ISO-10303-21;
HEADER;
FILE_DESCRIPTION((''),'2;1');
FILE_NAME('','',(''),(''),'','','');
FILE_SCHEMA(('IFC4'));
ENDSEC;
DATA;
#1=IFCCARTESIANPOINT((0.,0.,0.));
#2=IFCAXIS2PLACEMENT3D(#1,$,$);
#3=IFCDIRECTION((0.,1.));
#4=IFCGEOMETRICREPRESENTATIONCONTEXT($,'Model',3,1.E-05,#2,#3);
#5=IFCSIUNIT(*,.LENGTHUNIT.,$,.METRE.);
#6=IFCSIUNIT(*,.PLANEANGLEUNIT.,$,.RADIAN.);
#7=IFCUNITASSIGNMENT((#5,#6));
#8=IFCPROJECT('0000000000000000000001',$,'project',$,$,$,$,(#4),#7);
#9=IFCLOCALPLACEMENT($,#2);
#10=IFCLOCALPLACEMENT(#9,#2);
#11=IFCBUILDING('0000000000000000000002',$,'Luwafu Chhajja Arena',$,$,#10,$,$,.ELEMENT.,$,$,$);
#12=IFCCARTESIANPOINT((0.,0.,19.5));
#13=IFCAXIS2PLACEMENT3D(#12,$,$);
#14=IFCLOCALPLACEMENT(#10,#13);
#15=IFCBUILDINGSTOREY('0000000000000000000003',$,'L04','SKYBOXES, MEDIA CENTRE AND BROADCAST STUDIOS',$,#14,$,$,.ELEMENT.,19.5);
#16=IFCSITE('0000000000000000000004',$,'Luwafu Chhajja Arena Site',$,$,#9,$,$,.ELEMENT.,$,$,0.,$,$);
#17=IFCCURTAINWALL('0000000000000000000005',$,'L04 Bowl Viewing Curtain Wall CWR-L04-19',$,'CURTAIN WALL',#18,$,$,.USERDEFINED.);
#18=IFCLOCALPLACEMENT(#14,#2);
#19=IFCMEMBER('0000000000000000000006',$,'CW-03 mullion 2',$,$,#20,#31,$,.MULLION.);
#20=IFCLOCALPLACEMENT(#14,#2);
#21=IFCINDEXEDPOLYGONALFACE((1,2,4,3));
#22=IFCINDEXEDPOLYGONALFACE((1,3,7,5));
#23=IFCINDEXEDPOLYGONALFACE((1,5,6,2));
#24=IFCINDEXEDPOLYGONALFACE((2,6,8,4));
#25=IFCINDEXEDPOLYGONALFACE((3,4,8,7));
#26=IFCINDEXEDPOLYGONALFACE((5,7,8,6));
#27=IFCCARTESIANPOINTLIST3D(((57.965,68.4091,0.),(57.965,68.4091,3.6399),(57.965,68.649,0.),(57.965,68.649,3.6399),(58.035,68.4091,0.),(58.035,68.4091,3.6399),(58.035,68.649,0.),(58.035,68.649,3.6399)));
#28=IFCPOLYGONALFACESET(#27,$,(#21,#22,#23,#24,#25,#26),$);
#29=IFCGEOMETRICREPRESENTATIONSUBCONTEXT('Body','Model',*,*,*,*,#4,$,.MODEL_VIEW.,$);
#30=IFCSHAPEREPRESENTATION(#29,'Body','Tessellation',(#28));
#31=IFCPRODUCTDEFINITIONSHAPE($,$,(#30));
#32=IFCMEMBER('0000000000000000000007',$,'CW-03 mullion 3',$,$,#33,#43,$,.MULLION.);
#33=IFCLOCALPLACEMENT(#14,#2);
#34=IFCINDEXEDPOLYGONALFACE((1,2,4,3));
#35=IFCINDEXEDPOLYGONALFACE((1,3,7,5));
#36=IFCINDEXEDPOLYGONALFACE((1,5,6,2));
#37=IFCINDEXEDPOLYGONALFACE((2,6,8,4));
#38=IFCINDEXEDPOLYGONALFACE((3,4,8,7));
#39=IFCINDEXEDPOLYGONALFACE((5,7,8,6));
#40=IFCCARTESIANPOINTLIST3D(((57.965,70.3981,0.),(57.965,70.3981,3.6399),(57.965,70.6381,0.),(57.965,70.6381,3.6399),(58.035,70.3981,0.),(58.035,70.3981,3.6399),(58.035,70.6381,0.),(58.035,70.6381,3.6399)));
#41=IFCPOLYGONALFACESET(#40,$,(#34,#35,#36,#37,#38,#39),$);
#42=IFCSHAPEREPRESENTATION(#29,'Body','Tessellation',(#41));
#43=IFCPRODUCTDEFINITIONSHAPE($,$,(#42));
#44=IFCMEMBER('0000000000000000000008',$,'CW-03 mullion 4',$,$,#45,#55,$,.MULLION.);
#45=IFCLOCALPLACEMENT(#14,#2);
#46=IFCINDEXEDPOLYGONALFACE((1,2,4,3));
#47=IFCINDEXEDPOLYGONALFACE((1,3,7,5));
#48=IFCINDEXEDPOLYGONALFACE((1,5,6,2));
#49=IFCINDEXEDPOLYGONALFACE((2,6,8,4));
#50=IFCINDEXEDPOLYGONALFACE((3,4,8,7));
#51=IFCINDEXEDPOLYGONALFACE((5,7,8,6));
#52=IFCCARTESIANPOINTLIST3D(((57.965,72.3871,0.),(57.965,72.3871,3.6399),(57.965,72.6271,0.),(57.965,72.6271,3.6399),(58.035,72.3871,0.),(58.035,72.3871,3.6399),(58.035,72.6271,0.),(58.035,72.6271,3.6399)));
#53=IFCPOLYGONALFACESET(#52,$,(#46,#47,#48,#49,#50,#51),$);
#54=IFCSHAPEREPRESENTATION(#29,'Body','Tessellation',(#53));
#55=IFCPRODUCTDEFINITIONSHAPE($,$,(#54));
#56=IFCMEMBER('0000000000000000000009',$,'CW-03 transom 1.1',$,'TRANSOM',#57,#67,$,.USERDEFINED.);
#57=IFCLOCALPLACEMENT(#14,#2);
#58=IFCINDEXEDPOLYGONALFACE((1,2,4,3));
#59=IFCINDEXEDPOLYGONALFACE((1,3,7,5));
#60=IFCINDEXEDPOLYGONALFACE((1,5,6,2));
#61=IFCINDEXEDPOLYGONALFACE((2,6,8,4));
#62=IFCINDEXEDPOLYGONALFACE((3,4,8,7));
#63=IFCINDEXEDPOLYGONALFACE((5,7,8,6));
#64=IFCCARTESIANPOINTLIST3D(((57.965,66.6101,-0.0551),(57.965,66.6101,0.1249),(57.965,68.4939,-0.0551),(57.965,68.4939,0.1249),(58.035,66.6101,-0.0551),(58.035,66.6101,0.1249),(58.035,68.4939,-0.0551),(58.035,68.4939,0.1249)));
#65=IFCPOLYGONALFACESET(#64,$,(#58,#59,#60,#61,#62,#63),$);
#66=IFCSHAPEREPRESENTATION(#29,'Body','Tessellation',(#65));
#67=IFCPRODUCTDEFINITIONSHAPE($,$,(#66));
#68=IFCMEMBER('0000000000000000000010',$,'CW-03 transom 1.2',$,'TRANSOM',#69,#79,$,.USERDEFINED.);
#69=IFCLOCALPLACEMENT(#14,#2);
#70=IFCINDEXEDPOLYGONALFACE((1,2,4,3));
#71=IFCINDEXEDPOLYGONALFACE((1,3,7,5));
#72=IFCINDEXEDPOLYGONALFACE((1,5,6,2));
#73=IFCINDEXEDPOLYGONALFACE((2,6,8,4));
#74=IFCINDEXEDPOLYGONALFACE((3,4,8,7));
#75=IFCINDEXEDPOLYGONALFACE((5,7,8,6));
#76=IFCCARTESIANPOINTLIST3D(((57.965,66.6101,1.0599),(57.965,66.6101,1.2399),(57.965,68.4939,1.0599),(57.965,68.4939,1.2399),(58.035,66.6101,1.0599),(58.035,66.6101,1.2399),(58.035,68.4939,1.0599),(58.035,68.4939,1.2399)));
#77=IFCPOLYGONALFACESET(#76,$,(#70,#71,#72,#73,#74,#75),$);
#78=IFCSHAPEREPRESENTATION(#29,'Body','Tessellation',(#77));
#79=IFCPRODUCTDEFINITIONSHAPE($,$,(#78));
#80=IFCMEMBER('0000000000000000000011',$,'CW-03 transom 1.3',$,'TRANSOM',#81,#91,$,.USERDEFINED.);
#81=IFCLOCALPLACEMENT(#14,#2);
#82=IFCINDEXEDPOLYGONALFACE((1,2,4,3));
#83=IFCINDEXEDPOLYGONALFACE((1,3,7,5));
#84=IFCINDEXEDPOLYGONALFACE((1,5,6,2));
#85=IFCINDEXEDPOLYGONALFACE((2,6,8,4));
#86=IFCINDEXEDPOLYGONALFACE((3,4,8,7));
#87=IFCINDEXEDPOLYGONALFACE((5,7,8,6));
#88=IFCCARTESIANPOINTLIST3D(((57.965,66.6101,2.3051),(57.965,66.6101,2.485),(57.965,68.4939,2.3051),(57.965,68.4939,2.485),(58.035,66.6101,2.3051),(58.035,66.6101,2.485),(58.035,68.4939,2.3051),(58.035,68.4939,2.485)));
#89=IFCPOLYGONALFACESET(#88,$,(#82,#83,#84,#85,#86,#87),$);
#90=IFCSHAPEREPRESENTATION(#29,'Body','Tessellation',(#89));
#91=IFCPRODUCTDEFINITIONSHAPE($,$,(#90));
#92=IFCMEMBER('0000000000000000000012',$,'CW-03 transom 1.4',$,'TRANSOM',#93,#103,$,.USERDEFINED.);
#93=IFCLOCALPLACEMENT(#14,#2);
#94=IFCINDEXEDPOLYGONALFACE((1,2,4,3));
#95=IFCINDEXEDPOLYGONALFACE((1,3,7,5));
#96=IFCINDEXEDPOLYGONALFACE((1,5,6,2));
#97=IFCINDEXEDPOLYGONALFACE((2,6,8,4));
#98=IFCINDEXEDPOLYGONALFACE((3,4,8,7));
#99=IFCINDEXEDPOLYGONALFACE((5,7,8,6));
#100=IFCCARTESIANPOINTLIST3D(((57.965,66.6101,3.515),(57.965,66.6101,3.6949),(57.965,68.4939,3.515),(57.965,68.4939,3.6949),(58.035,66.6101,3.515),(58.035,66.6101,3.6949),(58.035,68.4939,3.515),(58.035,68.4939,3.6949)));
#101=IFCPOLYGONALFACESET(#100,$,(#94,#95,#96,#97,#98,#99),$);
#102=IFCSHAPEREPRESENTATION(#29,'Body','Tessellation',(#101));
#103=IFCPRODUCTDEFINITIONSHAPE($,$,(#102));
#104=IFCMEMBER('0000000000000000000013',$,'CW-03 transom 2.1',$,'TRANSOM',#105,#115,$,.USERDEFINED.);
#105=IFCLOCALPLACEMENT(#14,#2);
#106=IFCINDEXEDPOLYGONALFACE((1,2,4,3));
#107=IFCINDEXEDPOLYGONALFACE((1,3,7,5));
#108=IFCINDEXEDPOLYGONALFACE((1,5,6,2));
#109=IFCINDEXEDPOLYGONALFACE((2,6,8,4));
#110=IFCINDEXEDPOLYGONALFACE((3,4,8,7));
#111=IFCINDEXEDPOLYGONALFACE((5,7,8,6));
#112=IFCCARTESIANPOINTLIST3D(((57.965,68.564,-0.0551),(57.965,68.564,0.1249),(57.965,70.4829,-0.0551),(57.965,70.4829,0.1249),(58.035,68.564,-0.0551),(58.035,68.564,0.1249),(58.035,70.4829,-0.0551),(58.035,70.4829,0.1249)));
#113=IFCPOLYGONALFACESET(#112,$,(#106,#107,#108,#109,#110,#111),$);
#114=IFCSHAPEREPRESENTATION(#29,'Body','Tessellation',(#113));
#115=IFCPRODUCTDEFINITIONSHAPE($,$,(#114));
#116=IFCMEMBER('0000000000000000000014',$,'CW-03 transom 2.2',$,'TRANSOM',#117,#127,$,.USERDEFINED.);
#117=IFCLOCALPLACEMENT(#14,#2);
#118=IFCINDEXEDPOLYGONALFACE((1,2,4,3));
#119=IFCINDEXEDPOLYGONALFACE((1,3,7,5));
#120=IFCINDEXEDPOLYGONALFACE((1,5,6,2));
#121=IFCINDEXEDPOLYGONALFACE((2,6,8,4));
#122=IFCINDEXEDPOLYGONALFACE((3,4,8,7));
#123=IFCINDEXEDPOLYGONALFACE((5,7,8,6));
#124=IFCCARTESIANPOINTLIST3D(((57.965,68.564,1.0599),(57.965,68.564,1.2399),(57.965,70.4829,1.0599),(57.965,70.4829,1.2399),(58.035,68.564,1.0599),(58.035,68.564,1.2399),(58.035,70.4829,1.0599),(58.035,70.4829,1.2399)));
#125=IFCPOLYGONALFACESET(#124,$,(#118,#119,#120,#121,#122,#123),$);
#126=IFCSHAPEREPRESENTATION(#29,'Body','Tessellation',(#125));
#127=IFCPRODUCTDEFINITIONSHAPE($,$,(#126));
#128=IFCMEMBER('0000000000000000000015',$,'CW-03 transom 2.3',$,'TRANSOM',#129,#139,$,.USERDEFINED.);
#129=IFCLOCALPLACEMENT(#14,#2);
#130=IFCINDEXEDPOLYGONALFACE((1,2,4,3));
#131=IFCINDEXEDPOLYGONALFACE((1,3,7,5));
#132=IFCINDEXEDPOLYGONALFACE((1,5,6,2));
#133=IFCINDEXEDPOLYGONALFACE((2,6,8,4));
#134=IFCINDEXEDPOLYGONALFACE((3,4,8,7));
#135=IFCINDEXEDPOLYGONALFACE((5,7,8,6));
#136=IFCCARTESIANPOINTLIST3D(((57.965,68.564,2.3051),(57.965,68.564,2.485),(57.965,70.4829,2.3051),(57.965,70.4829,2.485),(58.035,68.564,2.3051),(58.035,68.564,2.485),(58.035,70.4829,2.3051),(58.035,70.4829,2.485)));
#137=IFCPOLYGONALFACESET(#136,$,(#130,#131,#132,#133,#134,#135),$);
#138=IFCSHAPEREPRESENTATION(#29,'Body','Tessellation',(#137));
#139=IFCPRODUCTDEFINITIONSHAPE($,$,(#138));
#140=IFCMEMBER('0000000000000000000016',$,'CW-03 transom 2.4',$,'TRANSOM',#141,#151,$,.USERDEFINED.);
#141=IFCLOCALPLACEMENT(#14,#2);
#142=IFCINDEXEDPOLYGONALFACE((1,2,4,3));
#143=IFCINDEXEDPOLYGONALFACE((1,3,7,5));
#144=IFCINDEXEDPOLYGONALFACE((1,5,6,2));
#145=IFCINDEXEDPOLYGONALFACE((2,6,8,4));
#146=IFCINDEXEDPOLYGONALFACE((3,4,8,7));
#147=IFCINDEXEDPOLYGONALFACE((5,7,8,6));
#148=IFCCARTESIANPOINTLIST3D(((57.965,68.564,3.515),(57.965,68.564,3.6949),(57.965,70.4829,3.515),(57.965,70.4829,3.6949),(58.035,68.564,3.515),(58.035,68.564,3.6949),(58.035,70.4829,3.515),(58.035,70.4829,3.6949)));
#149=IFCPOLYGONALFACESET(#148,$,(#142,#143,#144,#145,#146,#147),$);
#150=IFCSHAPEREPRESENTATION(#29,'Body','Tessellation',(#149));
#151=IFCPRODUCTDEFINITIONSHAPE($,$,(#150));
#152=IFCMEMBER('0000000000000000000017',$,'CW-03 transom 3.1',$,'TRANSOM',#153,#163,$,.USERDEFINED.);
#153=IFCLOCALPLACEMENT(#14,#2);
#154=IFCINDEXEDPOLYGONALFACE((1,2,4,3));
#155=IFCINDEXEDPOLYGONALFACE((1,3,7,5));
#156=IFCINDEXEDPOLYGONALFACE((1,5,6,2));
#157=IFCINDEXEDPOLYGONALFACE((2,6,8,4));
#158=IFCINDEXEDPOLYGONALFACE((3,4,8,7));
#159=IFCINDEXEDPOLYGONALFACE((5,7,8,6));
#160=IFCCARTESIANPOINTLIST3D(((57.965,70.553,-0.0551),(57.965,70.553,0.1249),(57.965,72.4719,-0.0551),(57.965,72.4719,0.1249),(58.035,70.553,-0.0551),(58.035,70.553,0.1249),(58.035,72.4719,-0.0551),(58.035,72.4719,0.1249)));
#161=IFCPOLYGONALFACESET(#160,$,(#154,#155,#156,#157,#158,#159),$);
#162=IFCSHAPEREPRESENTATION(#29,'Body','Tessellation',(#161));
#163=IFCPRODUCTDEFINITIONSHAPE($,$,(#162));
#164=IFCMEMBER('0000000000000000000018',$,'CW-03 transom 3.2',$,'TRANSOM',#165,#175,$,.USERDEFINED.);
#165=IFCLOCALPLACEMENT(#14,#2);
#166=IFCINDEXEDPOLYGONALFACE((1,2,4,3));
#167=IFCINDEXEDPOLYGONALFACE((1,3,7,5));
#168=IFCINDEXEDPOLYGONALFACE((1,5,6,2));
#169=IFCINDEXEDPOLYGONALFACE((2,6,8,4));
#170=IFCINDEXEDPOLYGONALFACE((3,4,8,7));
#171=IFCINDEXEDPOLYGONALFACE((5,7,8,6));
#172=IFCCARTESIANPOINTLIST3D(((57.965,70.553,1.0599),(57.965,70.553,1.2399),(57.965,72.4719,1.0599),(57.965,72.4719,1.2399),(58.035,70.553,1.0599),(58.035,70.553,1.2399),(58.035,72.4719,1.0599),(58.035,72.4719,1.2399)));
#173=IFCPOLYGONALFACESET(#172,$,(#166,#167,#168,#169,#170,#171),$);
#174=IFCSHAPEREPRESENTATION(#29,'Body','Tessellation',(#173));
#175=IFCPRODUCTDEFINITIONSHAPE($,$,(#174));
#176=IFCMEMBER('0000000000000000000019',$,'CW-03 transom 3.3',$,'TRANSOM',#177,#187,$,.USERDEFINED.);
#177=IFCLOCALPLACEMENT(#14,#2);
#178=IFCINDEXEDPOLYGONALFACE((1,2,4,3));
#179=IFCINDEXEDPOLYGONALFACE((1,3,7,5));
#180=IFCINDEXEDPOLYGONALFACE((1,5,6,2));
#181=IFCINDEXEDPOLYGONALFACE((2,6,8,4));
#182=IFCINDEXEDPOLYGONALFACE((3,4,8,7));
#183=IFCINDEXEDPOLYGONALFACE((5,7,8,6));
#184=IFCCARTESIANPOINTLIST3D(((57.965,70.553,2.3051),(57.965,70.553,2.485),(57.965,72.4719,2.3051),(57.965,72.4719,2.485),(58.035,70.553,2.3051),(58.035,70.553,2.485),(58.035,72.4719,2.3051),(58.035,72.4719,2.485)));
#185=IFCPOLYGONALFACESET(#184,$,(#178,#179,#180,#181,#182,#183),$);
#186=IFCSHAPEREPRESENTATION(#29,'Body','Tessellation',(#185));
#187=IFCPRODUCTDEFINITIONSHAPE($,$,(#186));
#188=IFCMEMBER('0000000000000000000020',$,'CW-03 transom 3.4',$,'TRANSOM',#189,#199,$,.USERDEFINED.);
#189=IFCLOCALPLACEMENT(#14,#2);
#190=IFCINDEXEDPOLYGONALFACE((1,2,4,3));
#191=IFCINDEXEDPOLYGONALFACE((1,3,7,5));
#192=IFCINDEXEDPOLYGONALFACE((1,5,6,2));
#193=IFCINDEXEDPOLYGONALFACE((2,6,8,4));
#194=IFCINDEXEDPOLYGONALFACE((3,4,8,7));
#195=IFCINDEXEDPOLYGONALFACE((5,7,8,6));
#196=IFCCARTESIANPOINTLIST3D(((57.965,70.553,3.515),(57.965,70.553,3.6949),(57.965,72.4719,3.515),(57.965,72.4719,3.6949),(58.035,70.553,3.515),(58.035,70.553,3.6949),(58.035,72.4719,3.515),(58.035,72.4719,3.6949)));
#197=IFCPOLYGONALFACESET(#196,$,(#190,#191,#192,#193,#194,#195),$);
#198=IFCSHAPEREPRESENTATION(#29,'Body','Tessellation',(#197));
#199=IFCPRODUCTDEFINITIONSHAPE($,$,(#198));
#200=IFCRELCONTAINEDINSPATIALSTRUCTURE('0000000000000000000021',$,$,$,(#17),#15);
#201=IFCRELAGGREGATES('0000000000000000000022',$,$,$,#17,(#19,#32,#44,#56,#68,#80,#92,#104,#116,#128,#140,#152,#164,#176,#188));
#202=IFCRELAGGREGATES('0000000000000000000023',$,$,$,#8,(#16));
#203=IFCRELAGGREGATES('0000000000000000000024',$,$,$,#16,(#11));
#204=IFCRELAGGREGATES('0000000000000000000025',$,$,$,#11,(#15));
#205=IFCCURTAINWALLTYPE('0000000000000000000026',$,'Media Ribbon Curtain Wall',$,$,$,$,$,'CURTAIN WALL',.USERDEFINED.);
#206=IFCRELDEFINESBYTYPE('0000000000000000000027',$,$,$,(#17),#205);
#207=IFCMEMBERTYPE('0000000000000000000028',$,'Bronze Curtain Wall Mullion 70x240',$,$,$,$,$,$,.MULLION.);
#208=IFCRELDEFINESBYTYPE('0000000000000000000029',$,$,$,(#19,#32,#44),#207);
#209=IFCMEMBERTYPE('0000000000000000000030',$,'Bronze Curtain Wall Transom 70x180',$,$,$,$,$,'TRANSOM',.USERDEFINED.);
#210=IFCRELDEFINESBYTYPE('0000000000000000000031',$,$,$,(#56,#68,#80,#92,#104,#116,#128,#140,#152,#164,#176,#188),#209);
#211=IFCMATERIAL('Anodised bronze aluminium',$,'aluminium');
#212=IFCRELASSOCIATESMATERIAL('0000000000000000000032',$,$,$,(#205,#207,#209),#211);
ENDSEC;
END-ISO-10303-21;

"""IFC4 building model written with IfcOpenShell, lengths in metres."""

from ifc_helpers import new_model, si_unit, direction, frame, origin, origin_2d, place, context, subcontext, project, spatial, rectangle, extrude, material, material_profile, profile_set, type_object, element, aggregate, save


model = new_model("IFC4")

# Units and contexts
model_context = context("Model", 3, precision=1e-05, world=origin(), true_north=direction((0.0, 1.0)))
body_context = subcontext(model_context, "Body", "Model", "MODEL_VIEW")
ifc_project = project(units=[si_unit("LENGTHUNIT", "METRE"), si_unit("PLANEANGLEUNIT", "RADIAN")], contexts=[model_context])

# Site, building, storey
site_placement = place(None, origin())
site = spatial("IfcSite", under=ifc_project, at=site_placement, Name="Luwafu Chhajja Arena Site", CompositionType="ELEMENT", RefElevation=0.0)
building_placement = place(site_placement, origin())
building = spatial("IfcBuilding", under=site, at=building_placement, Name="Luwafu Chhajja Arena", CompositionType="ELEMENT")
storey_placement = place(building_placement, frame((0.0, 0.0, 19.5)))
storey = spatial("IfcBuildingStorey", under=building, at=storey_placement, Name="L04", Description="SKYBOXES, MEDIA CENTRE AND BROADCAST STUDIOS", CompositionType="ELEMENT", Elevation=19.5)

# Curtain wall, members
ifc_material_1 = material(Name="Anodised bronze aluminium", Category="aluminium")
curtain_wall_type = type_object("IfcCurtainWallType", Name="Media Ribbon Curtain Wall", ElementType="CURTAIN WALL", PredefinedType="USERDEFINED", material=ifc_material_1)
curtain_wall_placement = place(storey_placement, origin())
curtain_wall = element("IfcCurtainWall", 1, at=curtain_wall_placement, inside=storey, type_object=curtain_wall_type, Name="L04 Bowl Viewing Curtain Wall CWR-L04-19", ObjectType="CURTAIN WALL", PredefinedType="USERDEFINED")
ifc_material_profile_1 = material_profile(ifc_material_1, rectangle(XDim=0.0701, YDim=0.24, at=origin_2d()), Name="CWM 70x240")
ifc_profile_set_1 = profile_set([ifc_material_profile_1], Name="Anodised bronze aluminium")
member_type_1 = type_object("IfcMemberType", Name="Bronze Curtain Wall Mullion 70x240", PredefinedType="MULLION", material=ifc_profile_set_1)
member_1_placement = place(storey_placement, frame((58.0, 68.5291, 0.0), z_axis=(0.0, 0.0, 1.0), x_axis=(-1.0, 0.0, 0.0)))
member_1 = element("IfcMember", 2, at=member_1_placement, type_object=member_type_1, Name="CW-03 mullion 2", PredefinedType="MULLION", context=body_context, shape_type="SweptSolid", body=[
    extrude(rectangle(XDim=0.0701, YDim=0.24, at=origin_2d()), origin(), (0.0, 0.0, 1.0), 3.6399),
])
member_2_placement = place(storey_placement, frame((58.0, 70.5181, 0.0), z_axis=(0.0, 0.0, 1.0), x_axis=(-1.0, 0.0, 0.0)))
member_2 = element("IfcMember", 3, at=member_2_placement, type_object=member_type_1, Name="CW-03 mullion 3", PredefinedType="MULLION", context=body_context, shape_type="SweptSolid", body=[
    extrude(rectangle(XDim=0.0701, YDim=0.24, at=origin_2d()), origin(), (0.0, 0.0, 1.0), 3.6399),
])
member_3_placement = place(storey_placement, frame((58.0, 72.5071, 0.0), z_axis=(0.0, 0.0, 1.0), x_axis=(-1.0, 0.0, 0.0)))
member_3 = element("IfcMember", 4, at=member_3_placement, type_object=member_type_1, Name="CW-03 mullion 4", PredefinedType="MULLION", context=body_context, shape_type="SweptSolid", body=[
    extrude(rectangle(XDim=0.0701, YDim=0.24, at=origin_2d()), origin(), (0.0, 0.0, 1.0), 3.6399),
])
ifc_material_profile_2 = material_profile(ifc_material_1, rectangle(XDim=0.0701, YDim=0.1799, at=origin_2d()), Name="CWT 70x180")
ifc_profile_set_2 = profile_set([ifc_material_profile_2], Name="Anodised bronze aluminium")
member_type_2 = type_object("IfcMemberType", Name="Bronze Curtain Wall Transom 70x180", ElementType="TRANSOM", PredefinedType="USERDEFINED", material=ifc_profile_set_2)
member_4_placement = place(storey_placement, frame((58.0, 66.6101, 0.0349), z_axis=(0.0, 1.0, 0.0), x_axis=(-1.0, 0.0, 0.0)))
member_4 = element("IfcMember", 5, at=member_4_placement, type_object=member_type_2, Name="CW-03 transom 1.1", ObjectType="TRANSOM", PredefinedType="USERDEFINED", context=body_context, shape_type="SweptSolid", body=[
    extrude(rectangle(XDim=0.0701, YDim=0.1799, at=origin_2d()), origin(), (0.0, 0.0, 1.0), 1.8838),
])
member_5_placement = place(storey_placement, frame((58.0, 66.6101, 1.1499), z_axis=(0.0, 1.0, 0.0), x_axis=(-1.0, 0.0, 0.0)))
member_5 = element("IfcMember", 6, at=member_5_placement, type_object=member_type_2, Name="CW-03 transom 1.2", ObjectType="TRANSOM", PredefinedType="USERDEFINED", context=body_context, shape_type="SweptSolid", body=[
    extrude(rectangle(XDim=0.0701, YDim=0.1799, at=origin_2d()), origin(), (0.0, 0.0, 1.0), 1.8838),
])
member_6_placement = place(storey_placement, frame((58.0, 66.6101, 2.395), z_axis=(0.0, 1.0, 0.0), x_axis=(-1.0, 0.0, 0.0)))
member_6 = element("IfcMember", 7, at=member_6_placement, type_object=member_type_2, Name="CW-03 transom 1.3", ObjectType="TRANSOM", PredefinedType="USERDEFINED", context=body_context, shape_type="SweptSolid", body=[
    extrude(rectangle(XDim=0.0701, YDim=0.1799, at=origin_2d()), origin(), (0.0, 0.0, 1.0), 1.8838),
])
member_7_placement = place(storey_placement, frame((58.0, 66.6101, 3.605), z_axis=(0.0, 1.0, 0.0), x_axis=(-1.0, 0.0, 0.0)))
member_7 = element("IfcMember", 8, at=member_7_placement, type_object=member_type_2, Name="CW-03 transom 1.4", ObjectType="TRANSOM", PredefinedType="USERDEFINED", context=body_context, shape_type="SweptSolid", body=[
    extrude(rectangle(XDim=0.0701, YDim=0.1799, at=origin_2d()), origin(), (0.0, 0.0, 1.0), 1.8838),
])
member_8_placement = place(storey_placement, frame((58.0, 68.564, 0.0349), z_axis=(0.0, 1.0, 0.0), x_axis=(-1.0, 0.0, 0.0)))
member_8 = element("IfcMember", 9, at=member_8_placement, type_object=member_type_2, Name="CW-03 transom 2.1", ObjectType="TRANSOM", PredefinedType="USERDEFINED", context=body_context, shape_type="SweptSolid", body=[
    extrude(rectangle(XDim=0.0701, YDim=0.1799, at=origin_2d()), origin(), (0.0, 0.0, 1.0), 1.9189),
])
member_9_placement = place(storey_placement, frame((58.0, 68.564, 1.1499), z_axis=(0.0, 1.0, 0.0), x_axis=(-1.0, 0.0, 0.0)))
member_9 = element("IfcMember", 10, at=member_9_placement, type_object=member_type_2, Name="CW-03 transom 2.2", ObjectType="TRANSOM", PredefinedType="USERDEFINED", context=body_context, shape_type="SweptSolid", body=[
    extrude(rectangle(XDim=0.0701, YDim=0.1799, at=origin_2d()), origin(), (0.0, 0.0, 1.0), 1.9189),
])
member_10_placement = place(storey_placement, frame((58.0, 68.564, 2.395), z_axis=(0.0, 1.0, 0.0), x_axis=(-1.0, 0.0, 0.0)))
member_10 = element("IfcMember", 11, at=member_10_placement, type_object=member_type_2, Name="CW-03 transom 2.3", ObjectType="TRANSOM", PredefinedType="USERDEFINED", context=body_context, shape_type="SweptSolid", body=[
    extrude(rectangle(XDim=0.0701, YDim=0.1799, at=origin_2d()), origin(), (0.0, 0.0, 1.0), 1.9189),
])
member_11_placement = place(storey_placement, frame((58.0, 68.564, 3.605), z_axis=(0.0, 1.0, 0.0), x_axis=(-1.0, 0.0, 0.0)))
member_11 = element("IfcMember", 12, at=member_11_placement, type_object=member_type_2, Name="CW-03 transom 2.4", ObjectType="TRANSOM", PredefinedType="USERDEFINED", context=body_context, shape_type="SweptSolid", body=[
    extrude(rectangle(XDim=0.0701, YDim=0.1799, at=origin_2d()), origin(), (0.0, 0.0, 1.0), 1.9189),
])
member_12_placement = place(storey_placement, frame((58.0, 70.553, 0.0349), z_axis=(0.0, 1.0, 0.0), x_axis=(-1.0, 0.0, 0.0)))
member_12 = element("IfcMember", 13, at=member_12_placement, type_object=member_type_2, Name="CW-03 transom 3.1", ObjectType="TRANSOM", PredefinedType="USERDEFINED", context=body_context, shape_type="SweptSolid", body=[
    extrude(rectangle(XDim=0.0701, YDim=0.1799, at=origin_2d()), origin(), (0.0, 0.0, 1.0), 1.9189),
])
member_13_placement = place(storey_placement, frame((58.0, 70.553, 1.1499), z_axis=(0.0, 1.0, 0.0), x_axis=(-1.0, 0.0, 0.0)))
member_13 = element("IfcMember", 14, at=member_13_placement, type_object=member_type_2, Name="CW-03 transom 3.2", ObjectType="TRANSOM", PredefinedType="USERDEFINED", context=body_context, shape_type="SweptSolid", body=[
    extrude(rectangle(XDim=0.0701, YDim=0.1799, at=origin_2d()), origin(), (0.0, 0.0, 1.0), 1.9189),
])
member_14_placement = place(storey_placement, frame((58.0, 70.553, 2.395), z_axis=(0.0, 1.0, 0.0), x_axis=(-1.0, 0.0, 0.0)))
member_14 = element("IfcMember", 15, at=member_14_placement, type_object=member_type_2, Name="CW-03 transom 3.3", ObjectType="TRANSOM", PredefinedType="USERDEFINED", context=body_context, shape_type="SweptSolid", body=[
    extrude(rectangle(XDim=0.0701, YDim=0.1799, at=origin_2d()), origin(), (0.0, 0.0, 1.0), 1.9189),
])
member_15_placement = place(storey_placement, frame((58.0, 70.553, 3.605), z_axis=(0.0, 1.0, 0.0), x_axis=(-1.0, 0.0, 0.0)))
member_15 = element("IfcMember", 16, at=member_15_placement, type_object=member_type_2, Name="CW-03 transom 3.4", ObjectType="TRANSOM", PredefinedType="USERDEFINED", context=body_context, shape_type="SweptSolid", body=[
    extrude(rectangle(XDim=0.0701, YDim=0.1799, at=origin_2d()), origin(), (0.0, 0.0, 1.0), 1.9189),
])
aggregate(curtain_wall, [member_1, member_2, member_3, member_4, member_5, member_6, member_7, member_8, member_9, member_10, member_11, member_12, member_13, member_14, member_15])

save(model, "model.ifc")
